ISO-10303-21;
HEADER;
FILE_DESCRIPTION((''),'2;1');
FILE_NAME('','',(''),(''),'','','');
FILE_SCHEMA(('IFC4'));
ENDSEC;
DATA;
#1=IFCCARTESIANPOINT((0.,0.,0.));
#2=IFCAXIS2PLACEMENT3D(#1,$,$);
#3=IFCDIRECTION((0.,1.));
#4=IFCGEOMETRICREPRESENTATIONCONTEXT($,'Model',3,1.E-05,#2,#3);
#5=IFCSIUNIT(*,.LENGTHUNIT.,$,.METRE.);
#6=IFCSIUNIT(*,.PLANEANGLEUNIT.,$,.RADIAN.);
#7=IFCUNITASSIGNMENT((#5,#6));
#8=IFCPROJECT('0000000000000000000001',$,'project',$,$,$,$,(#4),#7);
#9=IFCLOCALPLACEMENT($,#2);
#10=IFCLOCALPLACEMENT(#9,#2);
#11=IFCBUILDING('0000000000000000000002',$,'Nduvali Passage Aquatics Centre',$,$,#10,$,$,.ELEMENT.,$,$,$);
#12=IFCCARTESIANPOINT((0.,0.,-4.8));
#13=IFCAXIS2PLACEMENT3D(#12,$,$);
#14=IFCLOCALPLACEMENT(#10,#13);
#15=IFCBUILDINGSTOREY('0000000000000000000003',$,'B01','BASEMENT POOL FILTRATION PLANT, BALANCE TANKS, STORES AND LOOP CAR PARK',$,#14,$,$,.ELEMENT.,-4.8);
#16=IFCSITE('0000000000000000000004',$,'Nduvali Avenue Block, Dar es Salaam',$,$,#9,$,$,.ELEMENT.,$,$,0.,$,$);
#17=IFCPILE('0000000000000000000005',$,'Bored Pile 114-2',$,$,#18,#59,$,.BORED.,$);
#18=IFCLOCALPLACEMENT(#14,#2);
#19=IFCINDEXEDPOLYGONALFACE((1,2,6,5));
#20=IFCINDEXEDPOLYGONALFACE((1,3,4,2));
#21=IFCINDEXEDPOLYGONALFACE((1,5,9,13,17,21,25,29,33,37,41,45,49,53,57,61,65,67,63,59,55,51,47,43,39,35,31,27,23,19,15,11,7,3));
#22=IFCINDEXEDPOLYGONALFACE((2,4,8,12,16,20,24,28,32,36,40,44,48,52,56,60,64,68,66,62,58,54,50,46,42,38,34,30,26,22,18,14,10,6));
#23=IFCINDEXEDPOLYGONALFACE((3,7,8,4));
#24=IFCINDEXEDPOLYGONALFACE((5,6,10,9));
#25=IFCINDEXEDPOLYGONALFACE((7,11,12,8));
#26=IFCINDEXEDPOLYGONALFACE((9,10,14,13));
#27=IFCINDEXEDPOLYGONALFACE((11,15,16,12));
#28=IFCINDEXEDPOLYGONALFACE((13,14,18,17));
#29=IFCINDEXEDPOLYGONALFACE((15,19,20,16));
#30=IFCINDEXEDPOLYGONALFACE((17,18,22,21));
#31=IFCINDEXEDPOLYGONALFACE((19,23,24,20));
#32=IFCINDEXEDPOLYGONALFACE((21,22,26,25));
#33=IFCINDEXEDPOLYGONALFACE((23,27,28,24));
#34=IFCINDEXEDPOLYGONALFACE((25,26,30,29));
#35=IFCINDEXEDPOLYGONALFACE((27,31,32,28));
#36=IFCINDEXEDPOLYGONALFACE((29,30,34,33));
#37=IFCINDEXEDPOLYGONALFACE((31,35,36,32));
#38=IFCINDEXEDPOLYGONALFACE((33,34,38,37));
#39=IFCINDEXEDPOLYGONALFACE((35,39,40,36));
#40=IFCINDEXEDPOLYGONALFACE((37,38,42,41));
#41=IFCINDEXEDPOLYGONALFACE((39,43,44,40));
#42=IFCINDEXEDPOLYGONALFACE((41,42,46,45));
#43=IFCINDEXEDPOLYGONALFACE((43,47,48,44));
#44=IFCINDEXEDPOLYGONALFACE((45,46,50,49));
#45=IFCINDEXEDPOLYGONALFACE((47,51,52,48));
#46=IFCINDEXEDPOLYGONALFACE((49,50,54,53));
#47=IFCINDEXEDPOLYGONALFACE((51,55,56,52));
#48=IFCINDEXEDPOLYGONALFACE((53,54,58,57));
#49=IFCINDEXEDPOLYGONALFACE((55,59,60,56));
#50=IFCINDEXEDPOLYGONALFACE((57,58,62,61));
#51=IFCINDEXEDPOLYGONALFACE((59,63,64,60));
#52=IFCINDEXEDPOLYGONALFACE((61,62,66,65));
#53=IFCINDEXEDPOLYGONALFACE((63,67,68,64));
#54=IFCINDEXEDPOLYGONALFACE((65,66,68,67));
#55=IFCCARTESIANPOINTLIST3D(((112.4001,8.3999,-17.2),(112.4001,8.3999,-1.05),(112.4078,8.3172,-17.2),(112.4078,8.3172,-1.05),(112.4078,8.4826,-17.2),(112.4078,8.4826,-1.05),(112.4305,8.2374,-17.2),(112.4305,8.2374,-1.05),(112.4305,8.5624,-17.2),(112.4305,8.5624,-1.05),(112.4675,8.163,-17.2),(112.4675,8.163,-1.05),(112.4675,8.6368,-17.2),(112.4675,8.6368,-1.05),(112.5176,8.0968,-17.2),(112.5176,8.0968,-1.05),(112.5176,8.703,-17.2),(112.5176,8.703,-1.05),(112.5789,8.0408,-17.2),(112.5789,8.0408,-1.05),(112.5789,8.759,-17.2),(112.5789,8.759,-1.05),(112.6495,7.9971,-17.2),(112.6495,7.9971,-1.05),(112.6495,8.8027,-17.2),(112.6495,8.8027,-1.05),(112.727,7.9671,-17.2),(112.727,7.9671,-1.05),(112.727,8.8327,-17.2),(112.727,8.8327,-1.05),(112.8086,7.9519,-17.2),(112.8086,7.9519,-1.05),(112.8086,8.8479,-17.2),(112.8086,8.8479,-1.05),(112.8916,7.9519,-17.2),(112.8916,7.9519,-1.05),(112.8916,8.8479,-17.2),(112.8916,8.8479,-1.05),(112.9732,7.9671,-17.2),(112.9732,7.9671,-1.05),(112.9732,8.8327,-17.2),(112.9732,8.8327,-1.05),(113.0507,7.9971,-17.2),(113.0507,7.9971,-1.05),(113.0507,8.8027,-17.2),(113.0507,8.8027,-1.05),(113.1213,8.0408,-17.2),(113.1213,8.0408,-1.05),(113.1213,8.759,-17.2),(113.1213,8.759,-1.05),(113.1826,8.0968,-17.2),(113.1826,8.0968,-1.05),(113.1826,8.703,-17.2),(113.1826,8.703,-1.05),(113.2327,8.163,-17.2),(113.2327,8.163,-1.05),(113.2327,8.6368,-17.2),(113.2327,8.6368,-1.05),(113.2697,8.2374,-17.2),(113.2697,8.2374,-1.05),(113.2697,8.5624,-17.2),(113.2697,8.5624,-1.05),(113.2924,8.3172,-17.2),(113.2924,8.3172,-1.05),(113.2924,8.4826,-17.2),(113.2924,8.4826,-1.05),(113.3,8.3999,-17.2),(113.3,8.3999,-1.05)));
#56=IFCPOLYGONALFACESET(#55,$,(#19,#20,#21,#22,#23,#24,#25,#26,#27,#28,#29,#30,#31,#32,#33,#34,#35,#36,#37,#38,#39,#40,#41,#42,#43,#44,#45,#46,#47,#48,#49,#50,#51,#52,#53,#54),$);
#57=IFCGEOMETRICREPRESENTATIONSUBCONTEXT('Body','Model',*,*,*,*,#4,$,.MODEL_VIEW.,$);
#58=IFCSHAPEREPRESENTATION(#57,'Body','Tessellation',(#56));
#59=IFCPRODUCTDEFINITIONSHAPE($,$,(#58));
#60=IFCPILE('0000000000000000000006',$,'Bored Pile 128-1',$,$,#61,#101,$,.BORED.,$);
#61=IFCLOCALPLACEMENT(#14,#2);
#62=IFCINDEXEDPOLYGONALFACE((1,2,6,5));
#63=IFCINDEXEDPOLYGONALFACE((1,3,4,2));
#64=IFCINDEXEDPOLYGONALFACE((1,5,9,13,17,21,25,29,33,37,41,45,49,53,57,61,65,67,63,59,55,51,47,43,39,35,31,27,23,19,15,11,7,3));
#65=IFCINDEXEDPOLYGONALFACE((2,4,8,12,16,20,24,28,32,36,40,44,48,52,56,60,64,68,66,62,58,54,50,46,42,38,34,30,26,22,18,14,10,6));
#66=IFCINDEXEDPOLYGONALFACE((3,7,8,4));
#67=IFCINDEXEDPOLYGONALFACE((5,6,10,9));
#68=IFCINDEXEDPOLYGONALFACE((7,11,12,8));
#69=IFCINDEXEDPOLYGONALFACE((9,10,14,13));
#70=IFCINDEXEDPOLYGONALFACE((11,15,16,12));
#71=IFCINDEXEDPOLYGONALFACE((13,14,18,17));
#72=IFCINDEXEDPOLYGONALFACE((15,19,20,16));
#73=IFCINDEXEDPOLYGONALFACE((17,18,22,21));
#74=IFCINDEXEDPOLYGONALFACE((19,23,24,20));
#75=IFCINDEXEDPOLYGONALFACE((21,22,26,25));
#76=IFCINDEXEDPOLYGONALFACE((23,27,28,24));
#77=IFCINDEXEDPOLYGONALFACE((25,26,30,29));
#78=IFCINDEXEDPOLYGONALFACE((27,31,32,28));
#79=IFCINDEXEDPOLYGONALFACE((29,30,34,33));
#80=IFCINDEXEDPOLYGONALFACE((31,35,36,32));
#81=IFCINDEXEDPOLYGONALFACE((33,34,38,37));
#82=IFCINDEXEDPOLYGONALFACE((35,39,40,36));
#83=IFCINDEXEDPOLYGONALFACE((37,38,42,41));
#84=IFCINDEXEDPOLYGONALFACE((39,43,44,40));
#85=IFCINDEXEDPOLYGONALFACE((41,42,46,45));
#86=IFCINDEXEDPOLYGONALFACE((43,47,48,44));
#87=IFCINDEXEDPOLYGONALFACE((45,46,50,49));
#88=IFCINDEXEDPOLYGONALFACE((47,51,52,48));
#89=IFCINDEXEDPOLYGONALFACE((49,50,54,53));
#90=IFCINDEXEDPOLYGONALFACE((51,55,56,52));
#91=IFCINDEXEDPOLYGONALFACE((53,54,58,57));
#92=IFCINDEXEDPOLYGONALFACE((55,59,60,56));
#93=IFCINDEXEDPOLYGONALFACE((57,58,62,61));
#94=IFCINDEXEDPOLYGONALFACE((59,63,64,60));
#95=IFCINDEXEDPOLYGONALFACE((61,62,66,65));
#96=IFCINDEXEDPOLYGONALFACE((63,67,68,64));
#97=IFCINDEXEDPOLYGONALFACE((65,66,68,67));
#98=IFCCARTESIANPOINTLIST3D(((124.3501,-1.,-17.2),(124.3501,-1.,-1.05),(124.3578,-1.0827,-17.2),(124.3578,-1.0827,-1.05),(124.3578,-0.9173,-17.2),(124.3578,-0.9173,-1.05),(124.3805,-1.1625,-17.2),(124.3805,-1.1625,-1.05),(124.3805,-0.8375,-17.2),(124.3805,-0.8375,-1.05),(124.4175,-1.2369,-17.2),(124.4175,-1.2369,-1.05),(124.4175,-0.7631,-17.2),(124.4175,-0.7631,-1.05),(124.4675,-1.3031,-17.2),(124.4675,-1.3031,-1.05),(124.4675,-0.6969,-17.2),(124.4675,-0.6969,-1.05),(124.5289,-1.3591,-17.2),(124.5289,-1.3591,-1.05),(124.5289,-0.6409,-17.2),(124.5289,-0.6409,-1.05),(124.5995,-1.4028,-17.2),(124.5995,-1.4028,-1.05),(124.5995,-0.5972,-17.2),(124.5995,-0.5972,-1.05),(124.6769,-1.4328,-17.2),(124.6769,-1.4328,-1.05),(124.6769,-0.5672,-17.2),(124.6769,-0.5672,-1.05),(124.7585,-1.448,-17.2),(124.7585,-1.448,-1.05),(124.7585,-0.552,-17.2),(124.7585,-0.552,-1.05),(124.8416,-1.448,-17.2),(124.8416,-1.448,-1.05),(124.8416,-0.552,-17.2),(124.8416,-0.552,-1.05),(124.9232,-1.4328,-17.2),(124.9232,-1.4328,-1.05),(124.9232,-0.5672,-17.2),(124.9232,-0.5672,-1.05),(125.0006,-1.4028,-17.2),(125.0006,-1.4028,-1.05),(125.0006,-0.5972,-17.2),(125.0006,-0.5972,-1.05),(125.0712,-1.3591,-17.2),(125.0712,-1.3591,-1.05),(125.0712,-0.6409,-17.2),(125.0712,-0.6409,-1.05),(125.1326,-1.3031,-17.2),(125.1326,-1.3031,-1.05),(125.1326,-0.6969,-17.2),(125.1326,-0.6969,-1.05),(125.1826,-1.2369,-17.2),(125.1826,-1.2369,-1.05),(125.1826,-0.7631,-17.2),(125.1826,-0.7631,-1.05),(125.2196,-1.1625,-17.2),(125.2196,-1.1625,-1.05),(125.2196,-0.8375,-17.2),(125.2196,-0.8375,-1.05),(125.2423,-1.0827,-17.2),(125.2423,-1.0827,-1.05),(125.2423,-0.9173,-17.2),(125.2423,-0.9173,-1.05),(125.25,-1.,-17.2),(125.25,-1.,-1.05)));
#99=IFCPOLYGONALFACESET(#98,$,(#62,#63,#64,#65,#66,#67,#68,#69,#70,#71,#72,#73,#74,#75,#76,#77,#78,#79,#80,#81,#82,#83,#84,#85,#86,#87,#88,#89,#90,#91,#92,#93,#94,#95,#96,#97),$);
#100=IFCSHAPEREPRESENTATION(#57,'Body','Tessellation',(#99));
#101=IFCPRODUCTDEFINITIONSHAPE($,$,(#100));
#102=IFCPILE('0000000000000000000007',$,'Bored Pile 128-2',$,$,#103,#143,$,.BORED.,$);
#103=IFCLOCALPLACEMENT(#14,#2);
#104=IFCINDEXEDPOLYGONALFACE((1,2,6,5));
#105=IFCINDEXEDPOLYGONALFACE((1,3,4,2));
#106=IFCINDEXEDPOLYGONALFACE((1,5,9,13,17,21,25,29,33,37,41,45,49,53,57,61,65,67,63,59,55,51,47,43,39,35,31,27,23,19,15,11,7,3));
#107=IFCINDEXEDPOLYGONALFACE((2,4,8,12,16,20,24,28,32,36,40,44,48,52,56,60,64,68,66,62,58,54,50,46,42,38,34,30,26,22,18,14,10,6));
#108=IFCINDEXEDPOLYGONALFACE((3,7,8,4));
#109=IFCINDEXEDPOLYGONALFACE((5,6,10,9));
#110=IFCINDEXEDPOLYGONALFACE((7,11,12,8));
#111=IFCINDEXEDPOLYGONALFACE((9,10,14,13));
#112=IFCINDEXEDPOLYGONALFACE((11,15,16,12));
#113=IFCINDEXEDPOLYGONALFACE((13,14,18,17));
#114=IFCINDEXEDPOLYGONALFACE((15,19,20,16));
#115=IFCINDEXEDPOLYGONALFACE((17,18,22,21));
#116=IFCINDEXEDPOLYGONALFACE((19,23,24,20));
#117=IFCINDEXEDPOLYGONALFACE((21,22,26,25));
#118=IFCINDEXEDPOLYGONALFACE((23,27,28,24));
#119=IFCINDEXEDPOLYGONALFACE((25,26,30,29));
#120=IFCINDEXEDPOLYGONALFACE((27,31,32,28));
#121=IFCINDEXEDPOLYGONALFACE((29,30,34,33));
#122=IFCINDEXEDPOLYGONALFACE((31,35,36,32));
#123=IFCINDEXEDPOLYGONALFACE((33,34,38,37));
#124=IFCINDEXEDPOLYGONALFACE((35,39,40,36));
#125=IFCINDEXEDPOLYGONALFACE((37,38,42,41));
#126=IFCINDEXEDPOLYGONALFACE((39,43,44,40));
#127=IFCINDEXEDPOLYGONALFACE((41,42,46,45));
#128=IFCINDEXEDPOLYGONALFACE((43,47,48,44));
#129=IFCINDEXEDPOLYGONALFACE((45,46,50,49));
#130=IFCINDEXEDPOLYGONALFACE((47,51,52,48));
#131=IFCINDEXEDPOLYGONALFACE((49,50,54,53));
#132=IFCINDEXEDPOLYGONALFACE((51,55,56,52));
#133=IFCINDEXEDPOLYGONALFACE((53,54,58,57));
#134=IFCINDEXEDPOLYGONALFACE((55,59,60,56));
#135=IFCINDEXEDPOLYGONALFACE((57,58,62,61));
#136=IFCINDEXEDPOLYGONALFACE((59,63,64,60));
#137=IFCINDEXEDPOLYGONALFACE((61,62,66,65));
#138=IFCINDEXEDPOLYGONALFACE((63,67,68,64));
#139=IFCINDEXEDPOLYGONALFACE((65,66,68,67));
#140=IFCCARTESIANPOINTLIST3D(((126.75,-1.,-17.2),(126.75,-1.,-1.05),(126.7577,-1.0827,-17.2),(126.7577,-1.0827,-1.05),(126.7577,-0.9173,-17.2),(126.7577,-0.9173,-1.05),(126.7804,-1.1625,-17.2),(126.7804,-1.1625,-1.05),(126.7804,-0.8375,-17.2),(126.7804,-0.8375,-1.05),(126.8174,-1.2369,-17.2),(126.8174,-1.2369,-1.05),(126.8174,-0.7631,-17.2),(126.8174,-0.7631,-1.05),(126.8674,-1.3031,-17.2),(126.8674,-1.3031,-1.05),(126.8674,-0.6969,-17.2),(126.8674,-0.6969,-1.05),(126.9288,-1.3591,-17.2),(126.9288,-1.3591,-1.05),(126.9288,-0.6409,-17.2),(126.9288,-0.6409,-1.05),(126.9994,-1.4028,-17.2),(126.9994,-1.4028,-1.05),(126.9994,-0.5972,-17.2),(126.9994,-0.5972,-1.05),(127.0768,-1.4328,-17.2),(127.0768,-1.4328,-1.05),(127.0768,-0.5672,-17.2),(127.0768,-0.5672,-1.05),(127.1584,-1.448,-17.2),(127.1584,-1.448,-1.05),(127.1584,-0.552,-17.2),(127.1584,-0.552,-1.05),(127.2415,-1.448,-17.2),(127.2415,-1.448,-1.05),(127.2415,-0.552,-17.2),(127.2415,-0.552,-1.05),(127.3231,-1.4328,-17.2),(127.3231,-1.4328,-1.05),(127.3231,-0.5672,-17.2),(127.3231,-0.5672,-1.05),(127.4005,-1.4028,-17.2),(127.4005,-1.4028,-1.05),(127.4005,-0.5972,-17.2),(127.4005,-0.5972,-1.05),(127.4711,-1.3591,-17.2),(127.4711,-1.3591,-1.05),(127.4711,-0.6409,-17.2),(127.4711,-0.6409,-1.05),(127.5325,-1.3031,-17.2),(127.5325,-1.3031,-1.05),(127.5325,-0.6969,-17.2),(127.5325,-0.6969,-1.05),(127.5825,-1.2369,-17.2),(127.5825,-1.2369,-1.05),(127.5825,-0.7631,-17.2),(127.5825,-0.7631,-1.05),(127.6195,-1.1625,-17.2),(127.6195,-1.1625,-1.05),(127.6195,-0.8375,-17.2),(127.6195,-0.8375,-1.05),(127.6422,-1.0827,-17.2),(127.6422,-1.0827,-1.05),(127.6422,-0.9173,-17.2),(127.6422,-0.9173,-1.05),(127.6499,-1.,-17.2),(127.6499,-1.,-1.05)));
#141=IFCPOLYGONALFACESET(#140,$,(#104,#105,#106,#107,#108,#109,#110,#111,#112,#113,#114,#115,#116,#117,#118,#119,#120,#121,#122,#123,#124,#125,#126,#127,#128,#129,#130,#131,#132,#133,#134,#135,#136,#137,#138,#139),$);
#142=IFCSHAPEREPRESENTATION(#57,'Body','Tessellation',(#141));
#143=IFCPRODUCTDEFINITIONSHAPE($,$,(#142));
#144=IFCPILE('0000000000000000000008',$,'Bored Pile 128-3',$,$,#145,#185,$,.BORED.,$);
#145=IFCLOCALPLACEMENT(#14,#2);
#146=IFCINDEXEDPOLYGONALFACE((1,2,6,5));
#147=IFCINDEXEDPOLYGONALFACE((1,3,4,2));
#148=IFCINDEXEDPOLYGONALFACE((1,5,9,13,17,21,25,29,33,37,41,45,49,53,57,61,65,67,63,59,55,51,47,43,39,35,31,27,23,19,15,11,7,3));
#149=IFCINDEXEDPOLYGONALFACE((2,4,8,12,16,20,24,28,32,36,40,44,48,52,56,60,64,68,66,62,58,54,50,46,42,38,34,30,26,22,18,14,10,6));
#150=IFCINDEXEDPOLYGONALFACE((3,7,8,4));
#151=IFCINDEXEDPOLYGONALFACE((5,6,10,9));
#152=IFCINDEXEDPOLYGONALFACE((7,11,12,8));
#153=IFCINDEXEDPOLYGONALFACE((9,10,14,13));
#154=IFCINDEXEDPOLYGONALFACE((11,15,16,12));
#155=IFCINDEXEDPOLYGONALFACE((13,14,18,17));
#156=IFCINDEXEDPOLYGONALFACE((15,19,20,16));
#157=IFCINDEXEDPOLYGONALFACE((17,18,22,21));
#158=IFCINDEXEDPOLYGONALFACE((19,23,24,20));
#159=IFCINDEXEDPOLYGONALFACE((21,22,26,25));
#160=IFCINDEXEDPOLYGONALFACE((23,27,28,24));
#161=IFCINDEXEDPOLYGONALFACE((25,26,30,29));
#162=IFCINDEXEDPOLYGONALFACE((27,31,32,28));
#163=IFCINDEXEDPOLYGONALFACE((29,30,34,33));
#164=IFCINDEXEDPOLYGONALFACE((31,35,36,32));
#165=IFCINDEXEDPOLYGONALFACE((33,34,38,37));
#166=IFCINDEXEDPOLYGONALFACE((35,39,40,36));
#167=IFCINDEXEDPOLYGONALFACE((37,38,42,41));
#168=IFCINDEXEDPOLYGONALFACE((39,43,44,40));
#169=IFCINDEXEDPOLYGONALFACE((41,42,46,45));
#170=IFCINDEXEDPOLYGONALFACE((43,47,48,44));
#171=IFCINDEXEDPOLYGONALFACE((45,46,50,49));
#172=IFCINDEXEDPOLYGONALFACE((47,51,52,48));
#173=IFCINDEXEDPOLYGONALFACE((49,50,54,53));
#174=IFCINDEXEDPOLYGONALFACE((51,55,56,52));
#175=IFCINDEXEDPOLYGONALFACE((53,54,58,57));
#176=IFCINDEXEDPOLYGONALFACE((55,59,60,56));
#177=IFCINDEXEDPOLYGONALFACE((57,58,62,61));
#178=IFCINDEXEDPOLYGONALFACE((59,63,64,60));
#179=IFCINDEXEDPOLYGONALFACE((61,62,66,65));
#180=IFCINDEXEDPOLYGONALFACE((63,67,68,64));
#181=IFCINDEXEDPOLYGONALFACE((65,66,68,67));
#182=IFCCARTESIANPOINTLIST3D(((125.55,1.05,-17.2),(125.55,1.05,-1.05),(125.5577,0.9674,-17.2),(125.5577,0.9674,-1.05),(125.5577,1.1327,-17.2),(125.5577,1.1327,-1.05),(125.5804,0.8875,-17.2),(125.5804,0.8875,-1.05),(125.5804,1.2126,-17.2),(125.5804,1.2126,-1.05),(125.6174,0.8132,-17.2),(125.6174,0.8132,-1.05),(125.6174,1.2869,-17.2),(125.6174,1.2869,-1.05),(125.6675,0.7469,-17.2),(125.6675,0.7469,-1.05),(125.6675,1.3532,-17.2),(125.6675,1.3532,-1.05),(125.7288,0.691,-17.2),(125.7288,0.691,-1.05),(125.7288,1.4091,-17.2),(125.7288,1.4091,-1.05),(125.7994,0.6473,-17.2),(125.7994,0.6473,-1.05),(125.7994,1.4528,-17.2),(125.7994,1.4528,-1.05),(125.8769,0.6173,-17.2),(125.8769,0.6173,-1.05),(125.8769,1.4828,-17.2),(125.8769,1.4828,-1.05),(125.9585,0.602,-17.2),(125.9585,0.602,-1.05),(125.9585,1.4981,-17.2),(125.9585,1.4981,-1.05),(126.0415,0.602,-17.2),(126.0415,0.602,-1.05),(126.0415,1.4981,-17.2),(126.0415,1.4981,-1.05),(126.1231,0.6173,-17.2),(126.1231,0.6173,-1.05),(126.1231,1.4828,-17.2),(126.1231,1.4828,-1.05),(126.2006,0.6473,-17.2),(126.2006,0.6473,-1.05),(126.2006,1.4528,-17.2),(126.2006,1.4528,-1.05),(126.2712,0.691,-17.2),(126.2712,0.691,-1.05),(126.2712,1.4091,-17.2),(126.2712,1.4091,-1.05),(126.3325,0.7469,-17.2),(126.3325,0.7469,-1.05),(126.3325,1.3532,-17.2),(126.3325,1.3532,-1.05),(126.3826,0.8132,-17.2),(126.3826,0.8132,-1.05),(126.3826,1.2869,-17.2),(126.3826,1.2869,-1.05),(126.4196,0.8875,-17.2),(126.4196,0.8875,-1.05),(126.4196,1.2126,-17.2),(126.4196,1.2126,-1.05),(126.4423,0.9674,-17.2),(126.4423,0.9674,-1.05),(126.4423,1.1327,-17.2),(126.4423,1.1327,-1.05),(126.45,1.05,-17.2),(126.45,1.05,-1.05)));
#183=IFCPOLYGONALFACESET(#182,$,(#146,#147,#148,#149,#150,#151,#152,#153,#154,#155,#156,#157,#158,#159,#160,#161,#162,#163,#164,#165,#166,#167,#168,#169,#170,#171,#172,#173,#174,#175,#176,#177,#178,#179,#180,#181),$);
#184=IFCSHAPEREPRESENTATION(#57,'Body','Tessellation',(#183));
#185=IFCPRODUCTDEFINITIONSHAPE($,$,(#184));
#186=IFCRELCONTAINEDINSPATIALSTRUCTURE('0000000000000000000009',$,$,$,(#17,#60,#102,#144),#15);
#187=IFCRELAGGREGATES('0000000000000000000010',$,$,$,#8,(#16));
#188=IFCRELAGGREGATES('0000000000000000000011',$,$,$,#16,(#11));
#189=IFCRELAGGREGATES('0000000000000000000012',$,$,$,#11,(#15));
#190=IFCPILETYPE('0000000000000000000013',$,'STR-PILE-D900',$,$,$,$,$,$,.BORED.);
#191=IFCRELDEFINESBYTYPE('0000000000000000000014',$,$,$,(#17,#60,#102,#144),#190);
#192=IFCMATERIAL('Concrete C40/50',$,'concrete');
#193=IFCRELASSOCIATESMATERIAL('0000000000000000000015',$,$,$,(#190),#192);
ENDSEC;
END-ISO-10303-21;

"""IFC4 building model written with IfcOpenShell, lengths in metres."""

from ifc_helpers import new_model, si_unit, direction, frame, origin, origin_2d, place, context, subcontext, project, spatial, circle, extrude, material, material_profile, profile_set, type_object, element, save


model = new_model("IFC4")

# Units and contexts
model_context = context("Model", 3, precision=1e-05, world=origin(), true_north=direction((0.0, 1.0)))
body_context = subcontext(model_context, "Body", "Model", "MODEL_VIEW")
ifc_project = project(units=[si_unit("LENGTHUNIT", "METRE"), si_unit("PLANEANGLEUNIT", "RADIAN")], contexts=[model_context])

# Site, building, storey
site_placement = place(None, origin())
site = spatial("IfcSite", under=ifc_project, at=site_placement, Name="Nduvali Avenue Block, Dar es Salaam", CompositionType="ELEMENT", RefElevation=0.0)
building_placement = place(site_placement, origin())
building = spatial("IfcBuilding", under=site, at=building_placement, Name="Nduvali Passage Aquatics Centre", CompositionType="ELEMENT")
storey_placement = place(building_placement, frame((0.0, 0.0, -4.8)))
storey = spatial("IfcBuildingStorey", under=building, at=storey_placement, Name="B01", Description="BASEMENT POOL FILTRATION PLANT, BALANCE TANKS, STORES AND LOOP CAR PARK", CompositionType="ELEMENT", Elevation=-4.8)

# Shared definitions
ifc_material = material(Name="Concrete C40/50", Category="concrete")

# Piles
ifc_material_profile_1 = material_profile(ifc_material, circle(Radius=0.45, at=origin_2d()), Name="PILE D900")
ifc_profile_set_1 = profile_set([ifc_material_profile_1], Name="Concrete C40/50")
pile_type = type_object("IfcPileType", Name="STR-PILE-D900", PredefinedType="BORED", material=ifc_profile_set_1)
for number, where, z_axis, x_axis, name in (
    (1, (112.8501, 8.3999, -1.05), (0.0, 0.0, -1.0), (1.0, 0.0, 0.0), "Bored Pile 114-2"),
    (2, (124.8, -1.0, -1.05), (0.0, 0.0, -1.0), (1.0, 0.0, 0.0), "Bored Pile 128-1"),
    (3, (127.2, -1.0, -1.05), (0.0, 0.0, -1.0), (1.0, 0.0, 0.0), "Bored Pile 128-2"),
    (4, (126.0, 1.05, -1.05), (0.0, 0.0, -1.0), (1.0, 0.0, 0.0), "Bored Pile 128-3"),
):
    element("IfcPile", number, at=place(storey_placement, frame(where, z_axis=z_axis, x_axis=x_axis)), inside=storey, type_object=pile_type, Name=name, PredefinedType="BORED", context=body_context, shape_type="SweptSolid", body=[
        extrude(circle(Radius=0.45, at=origin_2d()), origin(), (0.0, 0.0, 1.0), 16.1499),
    ])

save(model, "model.ifc")
